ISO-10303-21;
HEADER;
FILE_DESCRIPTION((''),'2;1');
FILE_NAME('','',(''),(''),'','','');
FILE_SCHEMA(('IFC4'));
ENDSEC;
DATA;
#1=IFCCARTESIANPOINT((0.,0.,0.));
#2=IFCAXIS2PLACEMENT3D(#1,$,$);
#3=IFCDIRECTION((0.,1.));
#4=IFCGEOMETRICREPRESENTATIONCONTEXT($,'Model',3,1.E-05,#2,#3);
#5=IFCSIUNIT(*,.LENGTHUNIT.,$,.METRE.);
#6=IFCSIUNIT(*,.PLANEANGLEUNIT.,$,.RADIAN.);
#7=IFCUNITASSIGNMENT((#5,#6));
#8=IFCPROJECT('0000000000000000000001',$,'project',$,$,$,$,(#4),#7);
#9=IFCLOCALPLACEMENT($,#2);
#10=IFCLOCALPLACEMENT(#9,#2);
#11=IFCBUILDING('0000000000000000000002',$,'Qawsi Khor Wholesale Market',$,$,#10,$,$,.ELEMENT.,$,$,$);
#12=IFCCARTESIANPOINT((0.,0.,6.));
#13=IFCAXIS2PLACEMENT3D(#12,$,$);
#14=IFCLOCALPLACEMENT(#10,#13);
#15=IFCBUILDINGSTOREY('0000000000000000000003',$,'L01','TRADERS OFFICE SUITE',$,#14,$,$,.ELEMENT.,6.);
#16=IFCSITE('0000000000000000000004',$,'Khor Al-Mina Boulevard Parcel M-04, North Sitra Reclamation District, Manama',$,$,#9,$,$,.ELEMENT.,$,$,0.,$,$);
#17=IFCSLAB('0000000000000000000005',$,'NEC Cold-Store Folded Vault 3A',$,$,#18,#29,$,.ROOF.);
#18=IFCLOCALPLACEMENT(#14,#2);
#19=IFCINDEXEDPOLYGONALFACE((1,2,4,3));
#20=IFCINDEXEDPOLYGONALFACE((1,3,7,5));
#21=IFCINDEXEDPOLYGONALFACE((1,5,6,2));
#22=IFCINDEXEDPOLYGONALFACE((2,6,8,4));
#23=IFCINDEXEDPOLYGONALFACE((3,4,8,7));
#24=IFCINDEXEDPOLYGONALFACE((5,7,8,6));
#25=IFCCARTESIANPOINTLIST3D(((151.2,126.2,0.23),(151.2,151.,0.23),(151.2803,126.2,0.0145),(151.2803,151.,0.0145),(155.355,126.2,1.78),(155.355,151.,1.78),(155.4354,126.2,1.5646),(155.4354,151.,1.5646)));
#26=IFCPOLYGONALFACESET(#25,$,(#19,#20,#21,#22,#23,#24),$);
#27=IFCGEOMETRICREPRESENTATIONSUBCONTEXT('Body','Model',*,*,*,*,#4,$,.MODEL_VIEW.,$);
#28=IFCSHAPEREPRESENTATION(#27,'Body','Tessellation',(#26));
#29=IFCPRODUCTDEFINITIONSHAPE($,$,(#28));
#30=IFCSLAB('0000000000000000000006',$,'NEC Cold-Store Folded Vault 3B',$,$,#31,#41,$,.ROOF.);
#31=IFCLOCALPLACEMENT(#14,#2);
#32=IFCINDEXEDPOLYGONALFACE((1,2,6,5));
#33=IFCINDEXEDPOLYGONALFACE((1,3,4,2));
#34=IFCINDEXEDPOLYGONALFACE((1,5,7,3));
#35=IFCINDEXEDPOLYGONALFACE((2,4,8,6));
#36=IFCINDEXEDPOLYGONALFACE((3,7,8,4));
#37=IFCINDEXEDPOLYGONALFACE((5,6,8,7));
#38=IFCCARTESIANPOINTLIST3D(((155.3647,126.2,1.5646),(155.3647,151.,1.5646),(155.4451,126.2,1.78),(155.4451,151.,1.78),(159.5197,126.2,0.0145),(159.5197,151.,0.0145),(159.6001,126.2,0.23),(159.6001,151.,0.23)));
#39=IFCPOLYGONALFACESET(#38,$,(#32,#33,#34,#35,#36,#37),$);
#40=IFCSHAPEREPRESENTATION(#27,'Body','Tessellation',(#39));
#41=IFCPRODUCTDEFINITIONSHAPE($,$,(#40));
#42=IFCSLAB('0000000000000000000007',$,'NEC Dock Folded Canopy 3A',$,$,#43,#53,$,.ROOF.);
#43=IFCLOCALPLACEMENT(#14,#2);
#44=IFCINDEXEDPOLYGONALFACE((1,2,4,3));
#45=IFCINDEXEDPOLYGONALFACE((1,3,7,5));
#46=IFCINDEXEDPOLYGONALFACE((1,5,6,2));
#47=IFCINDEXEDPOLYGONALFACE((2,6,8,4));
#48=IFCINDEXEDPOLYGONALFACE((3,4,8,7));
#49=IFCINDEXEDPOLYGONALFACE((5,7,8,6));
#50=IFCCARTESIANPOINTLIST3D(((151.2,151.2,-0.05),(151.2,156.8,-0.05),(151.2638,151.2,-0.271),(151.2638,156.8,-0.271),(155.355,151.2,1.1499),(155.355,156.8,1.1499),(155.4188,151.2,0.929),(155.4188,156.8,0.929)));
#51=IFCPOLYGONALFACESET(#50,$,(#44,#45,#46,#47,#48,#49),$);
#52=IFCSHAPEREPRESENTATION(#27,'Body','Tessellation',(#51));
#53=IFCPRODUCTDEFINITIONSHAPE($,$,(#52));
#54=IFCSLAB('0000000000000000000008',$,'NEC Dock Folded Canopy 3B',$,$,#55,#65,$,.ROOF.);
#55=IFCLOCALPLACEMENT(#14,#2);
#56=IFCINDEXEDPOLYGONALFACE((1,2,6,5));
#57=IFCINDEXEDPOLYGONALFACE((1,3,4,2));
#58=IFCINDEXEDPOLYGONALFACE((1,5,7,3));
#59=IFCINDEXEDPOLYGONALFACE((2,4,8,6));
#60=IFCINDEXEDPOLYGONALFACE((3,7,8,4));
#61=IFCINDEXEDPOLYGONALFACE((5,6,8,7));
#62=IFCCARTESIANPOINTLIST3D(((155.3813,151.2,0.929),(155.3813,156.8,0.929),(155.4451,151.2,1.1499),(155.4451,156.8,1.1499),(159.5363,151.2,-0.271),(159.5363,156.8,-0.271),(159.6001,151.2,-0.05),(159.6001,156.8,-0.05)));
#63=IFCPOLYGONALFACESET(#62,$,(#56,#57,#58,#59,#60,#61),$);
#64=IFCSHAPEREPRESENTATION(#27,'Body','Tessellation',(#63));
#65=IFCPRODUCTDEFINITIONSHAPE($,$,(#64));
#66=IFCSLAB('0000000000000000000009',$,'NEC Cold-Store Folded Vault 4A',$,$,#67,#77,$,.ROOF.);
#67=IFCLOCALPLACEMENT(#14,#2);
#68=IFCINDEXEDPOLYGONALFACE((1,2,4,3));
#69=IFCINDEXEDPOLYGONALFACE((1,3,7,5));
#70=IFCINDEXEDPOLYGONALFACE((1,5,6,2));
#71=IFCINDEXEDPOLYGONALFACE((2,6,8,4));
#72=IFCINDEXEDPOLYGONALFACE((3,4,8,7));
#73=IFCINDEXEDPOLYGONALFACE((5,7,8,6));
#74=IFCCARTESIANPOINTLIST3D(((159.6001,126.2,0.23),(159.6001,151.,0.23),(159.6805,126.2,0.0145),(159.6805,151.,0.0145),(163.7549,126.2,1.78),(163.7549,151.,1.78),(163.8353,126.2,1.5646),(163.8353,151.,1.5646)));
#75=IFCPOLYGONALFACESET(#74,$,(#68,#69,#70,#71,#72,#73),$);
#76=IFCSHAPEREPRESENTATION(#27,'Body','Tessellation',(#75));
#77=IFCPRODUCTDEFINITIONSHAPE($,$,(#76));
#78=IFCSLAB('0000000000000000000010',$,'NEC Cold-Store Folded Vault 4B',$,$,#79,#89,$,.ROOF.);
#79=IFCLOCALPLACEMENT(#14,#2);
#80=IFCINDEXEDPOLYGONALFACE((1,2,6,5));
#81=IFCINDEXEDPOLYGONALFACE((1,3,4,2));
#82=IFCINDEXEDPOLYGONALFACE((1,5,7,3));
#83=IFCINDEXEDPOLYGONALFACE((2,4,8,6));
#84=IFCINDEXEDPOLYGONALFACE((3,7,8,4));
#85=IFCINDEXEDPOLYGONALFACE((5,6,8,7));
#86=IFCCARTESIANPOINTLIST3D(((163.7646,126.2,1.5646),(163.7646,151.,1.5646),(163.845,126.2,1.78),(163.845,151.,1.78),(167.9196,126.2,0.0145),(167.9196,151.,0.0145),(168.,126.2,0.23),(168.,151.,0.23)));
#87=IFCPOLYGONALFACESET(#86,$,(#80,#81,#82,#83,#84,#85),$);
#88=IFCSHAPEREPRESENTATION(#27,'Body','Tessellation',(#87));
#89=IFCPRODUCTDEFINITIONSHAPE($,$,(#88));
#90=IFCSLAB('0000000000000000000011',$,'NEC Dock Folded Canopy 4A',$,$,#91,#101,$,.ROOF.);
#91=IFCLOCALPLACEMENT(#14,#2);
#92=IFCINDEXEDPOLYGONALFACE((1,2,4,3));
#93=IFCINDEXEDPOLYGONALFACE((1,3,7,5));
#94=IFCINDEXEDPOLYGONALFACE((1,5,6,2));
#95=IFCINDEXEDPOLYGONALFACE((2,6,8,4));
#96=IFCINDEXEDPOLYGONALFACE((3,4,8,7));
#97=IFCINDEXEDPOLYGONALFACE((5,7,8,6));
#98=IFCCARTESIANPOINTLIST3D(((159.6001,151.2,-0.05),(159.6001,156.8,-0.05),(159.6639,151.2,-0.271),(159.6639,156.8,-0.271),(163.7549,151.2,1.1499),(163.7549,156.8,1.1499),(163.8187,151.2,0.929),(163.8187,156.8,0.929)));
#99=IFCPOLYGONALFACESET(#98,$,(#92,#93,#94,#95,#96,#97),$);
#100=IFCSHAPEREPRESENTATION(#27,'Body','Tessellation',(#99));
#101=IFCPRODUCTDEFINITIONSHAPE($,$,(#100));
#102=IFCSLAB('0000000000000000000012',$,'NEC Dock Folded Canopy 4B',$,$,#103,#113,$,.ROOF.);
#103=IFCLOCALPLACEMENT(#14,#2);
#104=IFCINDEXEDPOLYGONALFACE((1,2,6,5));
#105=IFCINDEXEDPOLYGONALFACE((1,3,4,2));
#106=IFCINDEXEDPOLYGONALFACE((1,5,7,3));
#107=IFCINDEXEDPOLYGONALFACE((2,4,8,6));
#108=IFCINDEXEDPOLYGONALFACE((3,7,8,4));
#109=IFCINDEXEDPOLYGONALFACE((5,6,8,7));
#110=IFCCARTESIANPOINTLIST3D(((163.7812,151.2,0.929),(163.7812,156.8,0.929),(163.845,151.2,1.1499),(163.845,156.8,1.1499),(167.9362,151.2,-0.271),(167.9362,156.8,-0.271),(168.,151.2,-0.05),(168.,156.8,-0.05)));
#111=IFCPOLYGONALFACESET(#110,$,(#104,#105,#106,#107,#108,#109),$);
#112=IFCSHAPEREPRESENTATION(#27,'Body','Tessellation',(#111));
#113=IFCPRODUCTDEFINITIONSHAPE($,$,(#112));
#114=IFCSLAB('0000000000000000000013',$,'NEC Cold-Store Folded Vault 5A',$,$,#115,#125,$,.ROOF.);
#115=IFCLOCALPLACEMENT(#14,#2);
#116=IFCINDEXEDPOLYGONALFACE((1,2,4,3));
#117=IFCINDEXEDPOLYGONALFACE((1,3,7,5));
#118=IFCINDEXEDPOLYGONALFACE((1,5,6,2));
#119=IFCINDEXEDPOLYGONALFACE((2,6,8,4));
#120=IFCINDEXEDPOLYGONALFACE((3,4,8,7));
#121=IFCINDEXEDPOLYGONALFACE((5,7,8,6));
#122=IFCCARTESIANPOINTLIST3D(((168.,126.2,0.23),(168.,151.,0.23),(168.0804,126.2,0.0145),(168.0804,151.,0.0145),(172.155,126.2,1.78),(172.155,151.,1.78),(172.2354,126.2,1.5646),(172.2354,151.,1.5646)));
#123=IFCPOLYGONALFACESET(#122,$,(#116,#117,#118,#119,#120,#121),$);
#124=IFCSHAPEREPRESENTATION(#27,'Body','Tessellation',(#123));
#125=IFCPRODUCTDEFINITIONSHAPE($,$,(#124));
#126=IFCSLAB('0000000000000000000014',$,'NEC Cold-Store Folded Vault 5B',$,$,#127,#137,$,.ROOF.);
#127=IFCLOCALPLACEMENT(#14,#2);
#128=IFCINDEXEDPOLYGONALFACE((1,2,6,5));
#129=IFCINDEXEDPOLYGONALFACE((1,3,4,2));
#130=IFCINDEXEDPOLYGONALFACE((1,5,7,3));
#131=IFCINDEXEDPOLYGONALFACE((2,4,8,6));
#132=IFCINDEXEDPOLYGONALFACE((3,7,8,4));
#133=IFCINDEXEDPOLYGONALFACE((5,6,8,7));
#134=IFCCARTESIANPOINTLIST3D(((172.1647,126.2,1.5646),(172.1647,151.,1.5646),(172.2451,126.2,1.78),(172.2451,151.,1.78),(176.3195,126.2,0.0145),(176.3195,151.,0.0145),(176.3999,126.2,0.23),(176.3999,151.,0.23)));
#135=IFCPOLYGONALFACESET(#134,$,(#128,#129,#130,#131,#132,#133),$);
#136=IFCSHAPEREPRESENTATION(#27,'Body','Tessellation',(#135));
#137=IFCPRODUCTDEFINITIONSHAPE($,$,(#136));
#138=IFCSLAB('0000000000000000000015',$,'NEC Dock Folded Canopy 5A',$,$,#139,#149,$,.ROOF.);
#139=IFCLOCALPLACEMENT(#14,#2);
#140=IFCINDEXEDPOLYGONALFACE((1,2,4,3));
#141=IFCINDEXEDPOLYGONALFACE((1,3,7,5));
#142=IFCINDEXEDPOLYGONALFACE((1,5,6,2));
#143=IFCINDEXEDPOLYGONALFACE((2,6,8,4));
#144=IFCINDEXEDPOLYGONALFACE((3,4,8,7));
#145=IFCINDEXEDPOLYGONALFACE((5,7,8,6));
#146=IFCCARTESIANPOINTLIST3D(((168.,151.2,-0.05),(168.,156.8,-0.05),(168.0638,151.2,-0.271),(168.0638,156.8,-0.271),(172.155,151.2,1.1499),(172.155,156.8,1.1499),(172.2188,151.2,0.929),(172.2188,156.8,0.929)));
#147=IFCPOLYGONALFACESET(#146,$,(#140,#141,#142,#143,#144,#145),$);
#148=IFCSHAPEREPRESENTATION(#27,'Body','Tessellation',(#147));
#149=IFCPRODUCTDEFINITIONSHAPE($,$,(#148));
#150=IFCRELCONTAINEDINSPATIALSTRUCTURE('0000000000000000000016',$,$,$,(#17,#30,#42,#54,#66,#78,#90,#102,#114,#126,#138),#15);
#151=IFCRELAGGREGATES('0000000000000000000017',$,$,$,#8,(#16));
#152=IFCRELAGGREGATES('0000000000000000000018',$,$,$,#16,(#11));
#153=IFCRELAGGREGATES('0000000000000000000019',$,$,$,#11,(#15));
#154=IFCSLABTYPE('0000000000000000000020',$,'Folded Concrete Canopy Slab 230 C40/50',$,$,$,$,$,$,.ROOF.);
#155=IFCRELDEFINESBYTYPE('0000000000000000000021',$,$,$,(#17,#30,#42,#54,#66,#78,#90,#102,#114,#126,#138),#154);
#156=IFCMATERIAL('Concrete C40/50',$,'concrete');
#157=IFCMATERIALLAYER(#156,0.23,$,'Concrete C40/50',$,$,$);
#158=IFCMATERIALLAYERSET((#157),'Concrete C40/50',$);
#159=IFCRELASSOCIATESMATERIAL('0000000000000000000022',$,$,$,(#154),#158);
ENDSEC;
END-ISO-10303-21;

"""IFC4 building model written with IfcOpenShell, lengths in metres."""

from ifc_helpers import new_model, si_unit, direction, frame, origin, place, context, subcontext, project, spatial, polyline, outline, extrude, material, layer, layer_set, type_object, element, save


model = new_model("IFC4")

# Units and contexts
model_context = context("Model", 3, precision=1e-05, world=origin(), true_north=direction((0.0, 1.0)))
body_context = subcontext(model_context, "Body", "Model", "MODEL_VIEW")
ifc_project = project(units=[si_unit("LENGTHUNIT", "METRE"), si_unit("PLANEANGLEUNIT", "RADIAN")], contexts=[model_context])

# Site, building, storey
site_placement = place(None, origin())
site = spatial("IfcSite", under=ifc_project, at=site_placement, Name="Khor Al-Mina Boulevard Parcel M-04, North Sitra Reclamation District, Manama", CompositionType="ELEMENT", RefElevation=0.0)
building_placement = place(site_placement, origin())
building = spatial("IfcBuilding", under=site, at=building_placement, Name="Qawsi Khor Wholesale Market", CompositionType="ELEMENT")
storey_placement = place(building_placement, frame((0.0, 0.0, 6.0)))
storey = spatial("IfcBuildingStorey", under=building, at=storey_placement, Name="L01", Description="TRADERS OFFICE SUITE", CompositionType="ELEMENT", Elevation=6.0)

# Slabs
ifc_material_1 = material(Name="Concrete C40/50", Category="concrete")
ifc_layer = layer(ifc_material_1, 0.23, Name="Concrete C40/50")
ifc_layer_set = layer_set([ifc_layer], Name="Concrete C40/50")
slab_type = type_object("IfcSlabType", Name="Folded Concrete Canopy Slab 230 C40/50", PredefinedType="ROOF", material=ifc_layer_set)
for number, where, z_axis, x_axis, name in (
    (1, (151.2, 126.2, 0.23), (-0.349524, 0.0, 0.936927), (0.936927, 0.0, 0.349524), "NEC Cold-Store Folded Vault 3A"),
    (2, (155.4451, 126.2, 1.78), (0.349524, 0.0, 0.936927), (0.936927, 0.0, -0.349524), "NEC Cold-Store Folded Vault 3B"),
):
    element("IfcSlab", number, at=place(storey_placement, frame(where, z_axis=z_axis, x_axis=x_axis)), inside=storey, type_object=slab_type, Name=name, PredefinedType="ROOF", context=body_context, shape_type="SweptSolid", body=[
        extrude(outline(polyline([(0.0, 0.0), (4.4347, 0.0), (4.4347, 24.8), (0.0, 24.8), (0.0, 0.0)])), origin(), (0.0, 0.0, -1.0), 0.23),
    ])
for number, where, z_axis, x_axis, name in (
    (3, (151.2, 151.2, -0.05), (-0.277456, 0.0, 0.960738), (0.960738, 0.0, 0.277456), "NEC Dock Folded Canopy 3A"),
    (4, (155.4451, 151.2, 1.1499), (0.277456, 0.0, 0.960738), (0.960738, 0.0, -0.277456), "NEC Dock Folded Canopy 3B"),
):
    element("IfcSlab", number, at=place(storey_placement, frame(where, z_axis=z_axis, x_axis=x_axis)), inside=storey, type_object=slab_type, Name=name, PredefinedType="ROOF", context=body_context, shape_type="SweptSolid", body=[
        extrude(outline(polyline([(0.0, 0.0), (4.3248, 0.0), (4.3248, 5.6001), (0.0, 5.6001), (0.0, 0.0)])), origin(), (0.0, 0.0, -1.0), 0.23),
    ])
slab_1_placement = place(storey_placement, frame((159.6001, 126.2, 0.23), z_axis=(-0.349542, 0.0, 0.936921), x_axis=(0.936921, 0.0, 0.349542)))
element("IfcSlab", 5, at=slab_1_placement, inside=storey, type_object=slab_type, Name="NEC Cold-Store Folded Vault 4A", PredefinedType="ROOF", context=body_context, shape_type="SweptSolid", body=[
    extrude(outline(polyline([(0.0, 0.0), (4.4345, 0.0), (4.4345, 24.8), (0.0, 24.8), (0.0, 0.0)])), origin(), (0.0, 0.0, -1.0), 0.23),
])
slab_2_placement = place(storey_placement, frame((163.845, 126.2, 1.78), z_axis=(0.349524, 0.0, 0.936927), x_axis=(0.936927, 0.0, -0.349524)))
element("IfcSlab", 6, at=slab_2_placement, inside=storey, type_object=slab_type, Name="NEC Cold-Store Folded Vault 4B", PredefinedType="ROOF", context=body_context, shape_type="SweptSolid", body=[
    extrude(outline(polyline([(0.0, 0.0), (4.4347, 0.0), (4.4347, 24.8), (0.0, 24.8), (0.0, 0.0)])), origin(), (0.0, 0.0, -1.0), 0.23),
])
slab_3_placement = place(storey_placement, frame((159.6001, 151.2, -0.05), z_axis=(-0.277471, 0.0, 0.960734), x_axis=(0.960734, 0.0, 0.277471)))
element("IfcSlab", 7, at=slab_3_placement, inside=storey, type_object=slab_type, Name="NEC Dock Folded Canopy 4A", PredefinedType="ROOF", context=body_context, shape_type="SweptSolid", body=[
    extrude(outline(polyline([(0.0, 0.0), (4.3246, 0.0), (4.3246, 5.6001), (0.0, 5.6001), (0.0, 0.0)])), origin(), (0.0, 0.0, -1.0), 0.23),
])
slab_4_placement = place(storey_placement, frame((163.845, 151.2, 1.1499), z_axis=(0.277456, 0.0, 0.960738), x_axis=(0.960738, 0.0, -0.277456)))
element("IfcSlab", 8, at=slab_4_placement, inside=storey, type_object=slab_type, Name="NEC Dock Folded Canopy 4B", PredefinedType="ROOF", context=body_context, shape_type="SweptSolid", body=[
    extrude(outline(polyline([(0.0, 0.0), (4.3248, 0.0), (4.3248, 5.6001), (0.0, 5.6001), (0.0, 0.0)])), origin(), (0.0, 0.0, -1.0), 0.23),
])
slab_5_placement = place(storey_placement, frame((168.0, 126.2, 0.23), z_axis=(-0.349524, 0.0, 0.936927), x_axis=(0.936927, 0.0, 0.349524)))
element("IfcSlab", 9, at=slab_5_placement, inside=storey, type_object=slab_type, Name="NEC Cold-Store Folded Vault 5A", PredefinedType="ROOF", context=body_context, shape_type="SweptSolid", body=[
    extrude(outline(polyline([(0.0, 0.0), (4.4347, 0.0), (4.4347, 24.8), (0.0, 24.8), (0.0, 0.0)])), origin(), (0.0, 0.0, -1.0), 0.23),
])
slab_6_placement = place(storey_placement, frame((172.2451, 126.2, 1.78), z_axis=(0.349542, 0.0, 0.936921), x_axis=(0.936921, 0.0, -0.349542)))
element("IfcSlab", 10, at=slab_6_placement, inside=storey, type_object=slab_type, Name="NEC Cold-Store Folded Vault 5B", PredefinedType="ROOF", context=body_context, shape_type="SweptSolid", body=[
    extrude(outline(polyline([(0.0, 0.0), (4.4345, 0.0), (4.4345, 24.8), (0.0, 24.8), (0.0, 0.0)])), origin(), (0.0, 0.0, -1.0), 0.23),
])
slab_7_placement = place(storey_placement, frame((168.0, 151.2, -0.05), z_axis=(-0.277456, 0.0, 0.960738), x_axis=(0.960738, 0.0, 0.277456)))
element("IfcSlab", 11, at=slab_7_placement, inside=storey, type_object=slab_type, Name="NEC Dock Folded Canopy 5A", PredefinedType="ROOF", context=body_context, shape_type="SweptSolid", body=[
    extrude(outline(polyline([(0.0, 0.0), (4.3248, 0.0), (4.3248, 5.6001), (0.0, 5.6001), (0.0, 0.0)])), origin(), (0.0, 0.0, -1.0), 0.23),
])

save(model, "model.ifc")
